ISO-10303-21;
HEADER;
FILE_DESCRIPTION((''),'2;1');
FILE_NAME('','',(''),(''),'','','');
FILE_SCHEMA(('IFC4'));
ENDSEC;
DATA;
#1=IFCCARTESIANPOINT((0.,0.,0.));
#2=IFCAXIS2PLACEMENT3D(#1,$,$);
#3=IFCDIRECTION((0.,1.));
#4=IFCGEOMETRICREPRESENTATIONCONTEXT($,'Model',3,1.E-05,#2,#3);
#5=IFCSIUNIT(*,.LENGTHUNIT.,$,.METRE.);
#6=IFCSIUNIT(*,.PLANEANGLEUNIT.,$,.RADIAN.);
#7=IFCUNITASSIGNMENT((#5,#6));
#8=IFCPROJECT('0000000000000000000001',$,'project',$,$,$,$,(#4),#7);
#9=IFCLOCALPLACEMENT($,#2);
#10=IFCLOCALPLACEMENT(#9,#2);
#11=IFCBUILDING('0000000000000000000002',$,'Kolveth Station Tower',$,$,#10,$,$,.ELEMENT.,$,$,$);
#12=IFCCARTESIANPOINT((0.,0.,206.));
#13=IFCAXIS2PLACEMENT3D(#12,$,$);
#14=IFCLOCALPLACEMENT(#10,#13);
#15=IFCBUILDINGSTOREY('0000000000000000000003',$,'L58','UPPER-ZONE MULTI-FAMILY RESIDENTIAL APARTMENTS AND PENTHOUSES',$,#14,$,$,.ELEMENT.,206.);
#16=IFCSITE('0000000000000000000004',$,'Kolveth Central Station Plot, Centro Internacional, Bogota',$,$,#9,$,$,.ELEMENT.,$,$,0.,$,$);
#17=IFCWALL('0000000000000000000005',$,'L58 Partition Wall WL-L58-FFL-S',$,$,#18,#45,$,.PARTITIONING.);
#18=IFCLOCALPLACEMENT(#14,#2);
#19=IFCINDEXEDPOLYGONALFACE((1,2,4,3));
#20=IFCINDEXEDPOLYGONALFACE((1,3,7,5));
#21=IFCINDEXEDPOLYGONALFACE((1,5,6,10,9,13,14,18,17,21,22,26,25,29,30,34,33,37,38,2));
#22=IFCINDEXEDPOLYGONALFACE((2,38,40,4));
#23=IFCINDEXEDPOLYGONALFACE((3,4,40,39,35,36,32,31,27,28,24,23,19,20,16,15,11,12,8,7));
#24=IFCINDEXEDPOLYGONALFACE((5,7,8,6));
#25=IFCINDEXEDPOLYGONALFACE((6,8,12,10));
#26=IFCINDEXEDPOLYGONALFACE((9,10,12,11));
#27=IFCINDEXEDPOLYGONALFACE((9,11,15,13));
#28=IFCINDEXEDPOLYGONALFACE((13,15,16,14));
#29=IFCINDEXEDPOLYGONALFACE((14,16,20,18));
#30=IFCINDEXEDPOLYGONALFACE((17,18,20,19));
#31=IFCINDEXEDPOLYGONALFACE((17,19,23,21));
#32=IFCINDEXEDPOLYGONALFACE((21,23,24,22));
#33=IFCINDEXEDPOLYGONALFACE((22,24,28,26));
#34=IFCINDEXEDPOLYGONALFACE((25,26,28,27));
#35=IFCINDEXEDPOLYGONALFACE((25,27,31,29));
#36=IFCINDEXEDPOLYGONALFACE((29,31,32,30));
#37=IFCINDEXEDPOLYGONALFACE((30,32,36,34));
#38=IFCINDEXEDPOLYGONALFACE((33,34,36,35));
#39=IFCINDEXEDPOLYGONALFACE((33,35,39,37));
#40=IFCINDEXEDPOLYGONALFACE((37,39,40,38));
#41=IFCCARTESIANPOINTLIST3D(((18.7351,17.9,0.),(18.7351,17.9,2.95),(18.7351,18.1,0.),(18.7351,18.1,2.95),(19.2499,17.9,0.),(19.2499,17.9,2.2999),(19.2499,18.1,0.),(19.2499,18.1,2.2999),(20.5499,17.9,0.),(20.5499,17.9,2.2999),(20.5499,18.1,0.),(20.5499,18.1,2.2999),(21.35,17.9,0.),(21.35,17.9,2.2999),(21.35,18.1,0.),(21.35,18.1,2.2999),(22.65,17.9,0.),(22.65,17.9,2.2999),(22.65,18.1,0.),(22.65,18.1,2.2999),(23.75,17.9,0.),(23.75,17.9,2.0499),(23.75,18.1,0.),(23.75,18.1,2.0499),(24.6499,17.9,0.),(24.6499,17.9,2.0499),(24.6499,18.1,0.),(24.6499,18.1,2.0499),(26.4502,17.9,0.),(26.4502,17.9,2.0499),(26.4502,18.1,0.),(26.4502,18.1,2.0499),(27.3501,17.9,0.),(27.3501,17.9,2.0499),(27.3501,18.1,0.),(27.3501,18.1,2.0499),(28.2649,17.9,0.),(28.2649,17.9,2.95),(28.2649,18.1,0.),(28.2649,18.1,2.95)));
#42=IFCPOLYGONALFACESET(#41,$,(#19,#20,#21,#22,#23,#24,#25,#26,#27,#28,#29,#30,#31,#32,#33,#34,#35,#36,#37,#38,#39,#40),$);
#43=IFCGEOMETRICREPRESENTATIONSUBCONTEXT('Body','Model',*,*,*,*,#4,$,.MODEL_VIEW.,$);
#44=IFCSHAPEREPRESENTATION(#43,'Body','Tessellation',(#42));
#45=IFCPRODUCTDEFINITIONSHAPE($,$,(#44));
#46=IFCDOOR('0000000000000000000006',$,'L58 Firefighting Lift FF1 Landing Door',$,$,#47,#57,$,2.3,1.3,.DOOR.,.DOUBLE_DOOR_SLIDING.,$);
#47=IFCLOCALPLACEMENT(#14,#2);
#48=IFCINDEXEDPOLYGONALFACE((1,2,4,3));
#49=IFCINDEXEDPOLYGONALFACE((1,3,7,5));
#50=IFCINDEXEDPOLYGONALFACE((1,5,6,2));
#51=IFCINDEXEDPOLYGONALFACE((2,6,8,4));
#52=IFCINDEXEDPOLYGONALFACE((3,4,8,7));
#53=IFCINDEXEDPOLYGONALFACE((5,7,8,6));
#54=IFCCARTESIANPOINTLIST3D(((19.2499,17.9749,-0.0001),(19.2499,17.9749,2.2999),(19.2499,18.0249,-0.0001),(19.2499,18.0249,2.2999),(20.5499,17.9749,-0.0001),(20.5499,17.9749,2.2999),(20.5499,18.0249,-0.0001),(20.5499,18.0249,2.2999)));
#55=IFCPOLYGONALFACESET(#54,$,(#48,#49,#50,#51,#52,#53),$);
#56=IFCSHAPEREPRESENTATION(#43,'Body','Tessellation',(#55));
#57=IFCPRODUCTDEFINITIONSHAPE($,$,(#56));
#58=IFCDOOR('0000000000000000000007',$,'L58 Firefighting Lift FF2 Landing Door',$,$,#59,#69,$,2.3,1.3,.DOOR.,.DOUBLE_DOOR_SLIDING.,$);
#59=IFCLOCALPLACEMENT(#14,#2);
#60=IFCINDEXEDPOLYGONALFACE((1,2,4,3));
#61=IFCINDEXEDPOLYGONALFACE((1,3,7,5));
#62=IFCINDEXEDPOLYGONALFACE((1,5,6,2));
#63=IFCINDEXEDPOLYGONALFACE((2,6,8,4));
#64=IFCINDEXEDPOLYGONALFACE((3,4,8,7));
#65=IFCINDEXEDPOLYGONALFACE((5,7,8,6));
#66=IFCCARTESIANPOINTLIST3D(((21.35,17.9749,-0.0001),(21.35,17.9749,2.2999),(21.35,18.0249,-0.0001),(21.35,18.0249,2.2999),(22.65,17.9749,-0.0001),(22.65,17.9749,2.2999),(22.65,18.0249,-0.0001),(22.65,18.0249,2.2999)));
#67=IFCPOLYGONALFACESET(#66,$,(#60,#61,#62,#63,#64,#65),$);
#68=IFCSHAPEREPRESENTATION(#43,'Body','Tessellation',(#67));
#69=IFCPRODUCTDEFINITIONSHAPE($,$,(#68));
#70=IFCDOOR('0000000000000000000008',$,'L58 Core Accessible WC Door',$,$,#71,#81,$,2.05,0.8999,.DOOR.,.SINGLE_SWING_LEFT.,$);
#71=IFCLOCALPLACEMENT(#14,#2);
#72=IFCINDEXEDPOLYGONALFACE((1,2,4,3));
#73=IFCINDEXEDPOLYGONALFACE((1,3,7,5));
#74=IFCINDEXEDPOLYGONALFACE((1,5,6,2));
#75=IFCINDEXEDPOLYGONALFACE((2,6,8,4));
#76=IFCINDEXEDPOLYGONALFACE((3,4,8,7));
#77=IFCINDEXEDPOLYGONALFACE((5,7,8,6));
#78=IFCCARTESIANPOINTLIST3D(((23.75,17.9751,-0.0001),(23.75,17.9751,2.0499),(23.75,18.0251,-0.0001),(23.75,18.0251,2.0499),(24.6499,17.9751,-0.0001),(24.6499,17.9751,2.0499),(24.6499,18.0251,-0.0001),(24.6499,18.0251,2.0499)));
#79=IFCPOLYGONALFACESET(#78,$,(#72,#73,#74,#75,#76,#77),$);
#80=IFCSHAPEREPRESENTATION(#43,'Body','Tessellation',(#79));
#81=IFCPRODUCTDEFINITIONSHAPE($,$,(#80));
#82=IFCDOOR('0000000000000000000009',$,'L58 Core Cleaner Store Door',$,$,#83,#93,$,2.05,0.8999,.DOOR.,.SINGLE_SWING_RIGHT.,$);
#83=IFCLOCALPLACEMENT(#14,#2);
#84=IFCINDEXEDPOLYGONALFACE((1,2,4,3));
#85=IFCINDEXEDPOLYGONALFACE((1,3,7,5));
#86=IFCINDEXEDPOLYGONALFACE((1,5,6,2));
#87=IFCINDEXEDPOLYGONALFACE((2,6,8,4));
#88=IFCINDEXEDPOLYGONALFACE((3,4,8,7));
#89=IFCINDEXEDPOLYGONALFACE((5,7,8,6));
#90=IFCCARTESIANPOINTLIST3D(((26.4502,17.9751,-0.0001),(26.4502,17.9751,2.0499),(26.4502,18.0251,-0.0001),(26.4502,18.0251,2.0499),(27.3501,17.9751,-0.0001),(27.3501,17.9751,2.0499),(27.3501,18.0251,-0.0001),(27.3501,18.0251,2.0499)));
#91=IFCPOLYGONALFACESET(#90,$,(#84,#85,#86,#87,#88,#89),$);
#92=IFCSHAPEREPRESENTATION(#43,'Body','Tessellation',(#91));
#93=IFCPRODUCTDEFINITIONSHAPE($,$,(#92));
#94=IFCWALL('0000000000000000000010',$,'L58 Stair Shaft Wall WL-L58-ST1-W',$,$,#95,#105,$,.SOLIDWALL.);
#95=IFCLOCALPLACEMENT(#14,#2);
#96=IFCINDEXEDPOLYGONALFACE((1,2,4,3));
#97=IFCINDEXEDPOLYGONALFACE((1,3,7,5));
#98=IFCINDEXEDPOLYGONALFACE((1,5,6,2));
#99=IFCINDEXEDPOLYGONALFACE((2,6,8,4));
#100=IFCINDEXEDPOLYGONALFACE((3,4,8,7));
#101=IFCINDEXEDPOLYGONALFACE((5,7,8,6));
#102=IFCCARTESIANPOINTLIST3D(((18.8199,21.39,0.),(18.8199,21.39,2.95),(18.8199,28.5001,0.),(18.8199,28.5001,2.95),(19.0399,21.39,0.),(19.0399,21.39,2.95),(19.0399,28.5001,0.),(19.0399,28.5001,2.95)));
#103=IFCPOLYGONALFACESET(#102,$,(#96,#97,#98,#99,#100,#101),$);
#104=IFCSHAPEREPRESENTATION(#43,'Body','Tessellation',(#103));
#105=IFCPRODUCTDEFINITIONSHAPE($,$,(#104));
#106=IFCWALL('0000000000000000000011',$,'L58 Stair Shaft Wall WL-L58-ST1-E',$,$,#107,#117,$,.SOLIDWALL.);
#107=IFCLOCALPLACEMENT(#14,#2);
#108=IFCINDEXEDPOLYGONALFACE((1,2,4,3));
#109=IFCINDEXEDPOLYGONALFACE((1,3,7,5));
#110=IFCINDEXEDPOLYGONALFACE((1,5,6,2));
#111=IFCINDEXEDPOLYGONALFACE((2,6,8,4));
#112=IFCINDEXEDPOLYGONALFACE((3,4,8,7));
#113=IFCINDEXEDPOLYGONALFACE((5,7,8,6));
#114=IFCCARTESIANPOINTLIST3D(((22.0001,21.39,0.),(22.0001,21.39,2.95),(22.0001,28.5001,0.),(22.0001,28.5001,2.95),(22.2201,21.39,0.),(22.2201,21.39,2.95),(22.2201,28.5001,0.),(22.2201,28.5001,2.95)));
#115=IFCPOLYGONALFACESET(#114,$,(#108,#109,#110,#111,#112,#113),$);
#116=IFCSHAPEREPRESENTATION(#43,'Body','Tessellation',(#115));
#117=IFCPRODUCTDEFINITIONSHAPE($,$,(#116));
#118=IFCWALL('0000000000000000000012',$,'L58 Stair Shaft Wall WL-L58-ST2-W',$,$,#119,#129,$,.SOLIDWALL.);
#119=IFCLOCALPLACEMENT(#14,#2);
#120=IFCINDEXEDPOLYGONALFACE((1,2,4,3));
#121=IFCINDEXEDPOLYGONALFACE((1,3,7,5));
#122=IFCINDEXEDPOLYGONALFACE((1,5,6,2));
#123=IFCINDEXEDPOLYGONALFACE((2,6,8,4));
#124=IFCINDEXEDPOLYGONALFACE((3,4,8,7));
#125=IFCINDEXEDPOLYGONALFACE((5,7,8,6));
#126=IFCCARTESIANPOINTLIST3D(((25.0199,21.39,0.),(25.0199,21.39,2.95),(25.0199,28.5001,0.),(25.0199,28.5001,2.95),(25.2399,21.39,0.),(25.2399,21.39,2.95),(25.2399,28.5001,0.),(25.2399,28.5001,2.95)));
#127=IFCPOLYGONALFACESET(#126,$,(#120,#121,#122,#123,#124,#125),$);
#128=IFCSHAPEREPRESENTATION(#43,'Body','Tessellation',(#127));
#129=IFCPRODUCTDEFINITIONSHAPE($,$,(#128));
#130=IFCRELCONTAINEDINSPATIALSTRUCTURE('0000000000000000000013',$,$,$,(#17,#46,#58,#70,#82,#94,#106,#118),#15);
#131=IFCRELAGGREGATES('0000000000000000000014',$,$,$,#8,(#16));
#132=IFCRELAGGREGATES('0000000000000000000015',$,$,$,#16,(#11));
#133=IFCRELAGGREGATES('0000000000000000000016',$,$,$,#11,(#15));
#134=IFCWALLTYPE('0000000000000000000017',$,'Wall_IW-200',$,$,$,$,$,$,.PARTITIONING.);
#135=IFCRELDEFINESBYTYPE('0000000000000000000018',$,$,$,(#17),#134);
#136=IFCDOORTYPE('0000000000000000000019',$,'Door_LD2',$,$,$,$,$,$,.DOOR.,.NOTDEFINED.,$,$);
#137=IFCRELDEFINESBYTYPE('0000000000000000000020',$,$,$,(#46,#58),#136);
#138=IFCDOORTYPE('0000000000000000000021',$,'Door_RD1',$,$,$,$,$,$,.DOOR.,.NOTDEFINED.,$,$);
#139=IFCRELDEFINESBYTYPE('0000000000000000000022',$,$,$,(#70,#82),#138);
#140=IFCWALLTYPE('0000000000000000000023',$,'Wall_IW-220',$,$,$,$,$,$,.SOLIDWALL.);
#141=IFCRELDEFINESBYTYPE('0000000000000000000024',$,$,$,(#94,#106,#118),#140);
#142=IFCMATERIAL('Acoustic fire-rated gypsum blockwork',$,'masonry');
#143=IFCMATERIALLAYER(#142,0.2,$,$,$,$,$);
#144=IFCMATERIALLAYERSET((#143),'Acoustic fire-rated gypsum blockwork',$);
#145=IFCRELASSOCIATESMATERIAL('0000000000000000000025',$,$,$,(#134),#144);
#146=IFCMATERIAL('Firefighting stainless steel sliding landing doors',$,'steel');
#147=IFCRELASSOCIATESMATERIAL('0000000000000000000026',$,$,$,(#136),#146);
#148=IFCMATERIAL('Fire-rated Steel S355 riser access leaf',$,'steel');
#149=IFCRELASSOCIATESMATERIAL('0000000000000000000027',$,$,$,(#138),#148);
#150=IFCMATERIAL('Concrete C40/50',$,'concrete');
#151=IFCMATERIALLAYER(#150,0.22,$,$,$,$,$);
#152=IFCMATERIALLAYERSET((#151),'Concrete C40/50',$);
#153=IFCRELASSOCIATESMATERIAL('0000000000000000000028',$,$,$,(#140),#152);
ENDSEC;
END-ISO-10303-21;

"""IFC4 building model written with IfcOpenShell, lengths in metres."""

from ifc_helpers import new_model, si_unit, direction, frame, frame_2d, origin, place, context, subcontext, project, spatial, rectangle, extrude, material, layer, layer_set, type_object, element, fill, save


model = new_model("IFC4")

# Units and contexts
model_context = context("Model", 3, precision=1e-05, world=origin(), true_north=direction((0.0, 1.0)))
body_context = subcontext(model_context, "Body", "Model", "MODEL_VIEW")
ifc_project = project(units=[si_unit("LENGTHUNIT", "METRE"), si_unit("PLANEANGLEUNIT", "RADIAN")], contexts=[model_context])

# Site, building, storey
site_placement = place(None, origin())
site = spatial("IfcSite", under=ifc_project, at=site_placement, Name="Kolveth Central Station Plot, Centro Internacional, Bogota", CompositionType="ELEMENT", RefElevation=0.0)
building_placement = place(site_placement, origin())
building = spatial("IfcBuilding", under=site, at=building_placement, Name="Kolveth Station Tower", CompositionType="ELEMENT")
storey_placement = place(building_placement, frame((0.0, 0.0, 206.0)))
storey = spatial("IfcBuildingStorey", under=building, at=storey_placement, Name="L58", Description="UPPER-ZONE MULTI-FAMILY RESIDENTIAL APARTMENTS AND PENTHOUSES", CompositionType="ELEMENT", Elevation=206.0)

# Shared definitions
ifc_material_1 = material(Name="Acoustic fire-rated gypsum blockwork", Category="masonry")
ifc_layer_1 = layer(ifc_material_1, 0.2)
ifc_layer_set_1 = layer_set([ifc_layer_1], Name="Acoustic fire-rated gypsum blockwork")
wall_type_1 = type_object("IfcWallType", Name="Wall_IW-200", PredefinedType="PARTITIONING", material=ifc_layer_set_1)

# Wall, openings, doors
wall_1_placement = place(storey_placement, frame((18.7351, 18.0, 0.0), z_axis=(0.0, 0.0, 1.0), x_axis=(1.0, 0.0, 0.0)))
wall_1 = element("IfcWall", 1, at=wall_1_placement, inside=storey, type_object=wall_type_1, Name="L58 Partition Wall WL-L58-FFL-S", PredefinedType="PARTITIONING", context=body_context, shape_type="SweptSolid", body=[
    extrude(rectangle(XDim=9.5298, YDim=0.2, at=frame_2d((4.7649, 0.0))), origin(), (0.0, 0.0, 1.0), 2.95),
])
opening_1_placement = place(wall_1_placement, frame((0.5149, 0.0, 0.0)))
opening_1 = element("IfcOpeningElement", 2, at=opening_1_placement, cuts=wall_1, PredefinedType="OPENING", context=body_context, shape_type="SweptSolid", body=[
    extrude(rectangle(XDim=1.3, YDim=2.3, at=frame_2d((0.6499, 1.1499))), frame((0.0, 0.1099, 0.0), z_axis=(0.0, -1.0, 0.0), x_axis=(1.0, 0.0, 0.0)), (0.0, 0.0, 1.0), 0.22),
])
opening_2_placement = place(wall_1_placement, frame((2.615, 0.0, 0.0)))
opening_2 = element("IfcOpeningElement", 3, at=opening_2_placement, cuts=wall_1, PredefinedType="OPENING", context=body_context, shape_type="SweptSolid", body=[
    extrude(rectangle(XDim=1.3, YDim=2.3, at=frame_2d((0.6499, 1.1499))), frame((0.0, 0.1099, 0.0), z_axis=(0.0, -1.0, 0.0), x_axis=(1.0, 0.0, 0.0)), (0.0, 0.0, 1.0), 0.22),
])
opening_3_placement = place(wall_1_placement, frame((5.0149, 0.0, 0.0)))
opening_3 = element("IfcOpeningElement", 4, at=opening_3_placement, cuts=wall_1, PredefinedType="OPENING", context=body_context, shape_type="SweptSolid", body=[
    extrude(rectangle(XDim=0.8999, YDim=2.05, at=frame_2d((0.45, 1.0249))), frame((0.0, 0.1099, 0.0), z_axis=(0.0, -1.0, 0.0), x_axis=(1.0, 0.0, 0.0)), (0.0, 0.0, 1.0), 0.22),
])
opening_4_placement = place(wall_1_placement, frame((7.7151, 0.0, 0.0)))
opening_4 = element("IfcOpeningElement", 5, at=opening_4_placement, cuts=wall_1, PredefinedType="OPENING", context=body_context, shape_type="SweptSolid", body=[
    extrude(rectangle(XDim=0.8999, YDim=2.05, at=frame_2d((0.45, 1.0249))), frame((0.0, 0.1099, 0.0), z_axis=(0.0, -1.0, 0.0), x_axis=(1.0, 0.0, 0.0)), (0.0, 0.0, 1.0), 0.22),
])
ifc_material_2 = material(Name="Firefighting stainless steel sliding landing doors", Category="steel")
door_type_1 = type_object("IfcDoorType", Name="Door_LD2", OperationType="NOTDEFINED", PredefinedType="DOOR", material=ifc_material_2)
door_1_placement = place(opening_1_placement, origin())
door_1 = element("IfcDoor", 6, at=door_1_placement, inside=storey, type_object=door_type_1, Name="L58 Firefighting Lift FF1 Landing Door", OperationType="DOUBLE_DOOR_SLIDING", OverallHeight=2.3, OverallWidth=1.3, PredefinedType="DOOR", context=body_context, shape_type="SweptSolid", body=[
    extrude(rectangle(XDim=1.3, YDim=2.3, at=frame_2d((0.6499, 1.1499))), frame((0.0, 0.0249, 0.0), z_axis=(0.0, -1.0, 0.0), x_axis=(1.0, 0.0, 0.0)), (0.0, 0.0, 1.0), 0.05),
])
fill(opening_1, door_1)
door_2_placement = place(opening_2_placement, origin())
door_2 = element("IfcDoor", 7, at=door_2_placement, inside=storey, type_object=door_type_1, Name="L58 Firefighting Lift FF2 Landing Door", OperationType="DOUBLE_DOOR_SLIDING", OverallHeight=2.3, OverallWidth=1.3, PredefinedType="DOOR", context=body_context, shape_type="SweptSolid", body=[
    extrude(rectangle(XDim=1.3, YDim=2.3, at=frame_2d((0.6499, 1.1499))), frame((0.0, 0.0249, 0.0), z_axis=(0.0, -1.0, 0.0), x_axis=(1.0, 0.0, 0.0)), (0.0, 0.0, 1.0), 0.05),
])
fill(opening_2, door_2)
ifc_material_3 = material(Name="Fire-rated Steel S355 riser access leaf", Category="steel")
door_type_2 = type_object("IfcDoorType", Name="Door_RD1", OperationType="NOTDEFINED", PredefinedType="DOOR", material=ifc_material_3)
door_3_placement = place(opening_3_placement, frame((0.8999, 0.0, 0.0), z_axis=(0.0, 0.0, 1.0), x_axis=(-1.0, 0.0, 0.0)))
door_3 = element("IfcDoor", 8, at=door_3_placement, inside=storey, type_object=door_type_2, Name="L58 Core Accessible WC Door", OperationType="SINGLE_SWING_LEFT", OverallHeight=2.05, OverallWidth=0.8999, PredefinedType="DOOR", context=body_context, shape_type="SweptSolid", body=[
    extrude(rectangle(XDim=0.8999, YDim=2.05, at=frame_2d((0.45, 1.0249))), frame((0.0, 0.0249, 0.0), z_axis=(0.0, -1.0, 0.0), x_axis=(1.0, 0.0, 0.0)), (0.0, 0.0, 1.0), 0.05),
])
fill(opening_3, door_3)
door_4_placement = place(opening_4_placement, frame((0.8999, 0.0, 0.0), z_axis=(0.0, 0.0, 1.0), x_axis=(-1.0, 0.0, 0.0)))
door_4 = element("IfcDoor", 9, at=door_4_placement, inside=storey, type_object=door_type_2, Name="L58 Core Cleaner Store Door", OperationType="SINGLE_SWING_RIGHT", OverallHeight=2.05, OverallWidth=0.8999, PredefinedType="DOOR", context=body_context, shape_type="SweptSolid", body=[
    extrude(rectangle(XDim=0.8999, YDim=2.05, at=frame_2d((0.45, 1.0249))), frame((0.0, 0.0249, 0.0), z_axis=(0.0, -1.0, 0.0), x_axis=(1.0, 0.0, 0.0)), (0.0, 0.0, 1.0), 0.05),
])
fill(opening_4, door_4)

# Walls
ifc_material_4 = material(Name="Concrete C40/50", Category="concrete")
ifc_layer_2 = layer(ifc_material_4, 0.22)
ifc_layer_set_2 = layer_set([ifc_layer_2], Name="Concrete C40/50")
wall_type_2 = type_object("IfcWallType", Name="Wall_IW-220", PredefinedType="SOLIDWALL", material=ifc_layer_set_2)
for number, where, z_axis, x_axis, name in (
    (10, (18.9299, 21.3899, 0.0), (0.0, 0.0, 1.0), (0.0, 1.0, 0.0), "L58 Stair Shaft Wall WL-L58-ST1-W"),
    (11, (22.1101, 21.3899, 0.0), (0.0, 0.0, 1.0), (0.0, 1.0, 0.0), "L58 Stair Shaft Wall WL-L58-ST1-E"),
    (12, (25.1299, 21.3899, 0.0), (0.0, 0.0, 1.0), (0.0, 1.0, 0.0), "L58 Stair Shaft Wall WL-L58-ST2-W"),
):
    element("IfcWall", number, at=place(storey_placement, frame(where, z_axis=z_axis, x_axis=x_axis)), inside=storey, type_object=wall_type_2, Name=name, PredefinedType="SOLIDWALL", context=body_context, shape_type="SweptSolid", body=[
        extrude(rectangle(XDim=7.1101, YDim=0.22, at=frame_2d((3.5552, 0.0))), origin(), (0.0, 0.0, 1.0), 2.95),
    ])

save(model, "model.ifc")
